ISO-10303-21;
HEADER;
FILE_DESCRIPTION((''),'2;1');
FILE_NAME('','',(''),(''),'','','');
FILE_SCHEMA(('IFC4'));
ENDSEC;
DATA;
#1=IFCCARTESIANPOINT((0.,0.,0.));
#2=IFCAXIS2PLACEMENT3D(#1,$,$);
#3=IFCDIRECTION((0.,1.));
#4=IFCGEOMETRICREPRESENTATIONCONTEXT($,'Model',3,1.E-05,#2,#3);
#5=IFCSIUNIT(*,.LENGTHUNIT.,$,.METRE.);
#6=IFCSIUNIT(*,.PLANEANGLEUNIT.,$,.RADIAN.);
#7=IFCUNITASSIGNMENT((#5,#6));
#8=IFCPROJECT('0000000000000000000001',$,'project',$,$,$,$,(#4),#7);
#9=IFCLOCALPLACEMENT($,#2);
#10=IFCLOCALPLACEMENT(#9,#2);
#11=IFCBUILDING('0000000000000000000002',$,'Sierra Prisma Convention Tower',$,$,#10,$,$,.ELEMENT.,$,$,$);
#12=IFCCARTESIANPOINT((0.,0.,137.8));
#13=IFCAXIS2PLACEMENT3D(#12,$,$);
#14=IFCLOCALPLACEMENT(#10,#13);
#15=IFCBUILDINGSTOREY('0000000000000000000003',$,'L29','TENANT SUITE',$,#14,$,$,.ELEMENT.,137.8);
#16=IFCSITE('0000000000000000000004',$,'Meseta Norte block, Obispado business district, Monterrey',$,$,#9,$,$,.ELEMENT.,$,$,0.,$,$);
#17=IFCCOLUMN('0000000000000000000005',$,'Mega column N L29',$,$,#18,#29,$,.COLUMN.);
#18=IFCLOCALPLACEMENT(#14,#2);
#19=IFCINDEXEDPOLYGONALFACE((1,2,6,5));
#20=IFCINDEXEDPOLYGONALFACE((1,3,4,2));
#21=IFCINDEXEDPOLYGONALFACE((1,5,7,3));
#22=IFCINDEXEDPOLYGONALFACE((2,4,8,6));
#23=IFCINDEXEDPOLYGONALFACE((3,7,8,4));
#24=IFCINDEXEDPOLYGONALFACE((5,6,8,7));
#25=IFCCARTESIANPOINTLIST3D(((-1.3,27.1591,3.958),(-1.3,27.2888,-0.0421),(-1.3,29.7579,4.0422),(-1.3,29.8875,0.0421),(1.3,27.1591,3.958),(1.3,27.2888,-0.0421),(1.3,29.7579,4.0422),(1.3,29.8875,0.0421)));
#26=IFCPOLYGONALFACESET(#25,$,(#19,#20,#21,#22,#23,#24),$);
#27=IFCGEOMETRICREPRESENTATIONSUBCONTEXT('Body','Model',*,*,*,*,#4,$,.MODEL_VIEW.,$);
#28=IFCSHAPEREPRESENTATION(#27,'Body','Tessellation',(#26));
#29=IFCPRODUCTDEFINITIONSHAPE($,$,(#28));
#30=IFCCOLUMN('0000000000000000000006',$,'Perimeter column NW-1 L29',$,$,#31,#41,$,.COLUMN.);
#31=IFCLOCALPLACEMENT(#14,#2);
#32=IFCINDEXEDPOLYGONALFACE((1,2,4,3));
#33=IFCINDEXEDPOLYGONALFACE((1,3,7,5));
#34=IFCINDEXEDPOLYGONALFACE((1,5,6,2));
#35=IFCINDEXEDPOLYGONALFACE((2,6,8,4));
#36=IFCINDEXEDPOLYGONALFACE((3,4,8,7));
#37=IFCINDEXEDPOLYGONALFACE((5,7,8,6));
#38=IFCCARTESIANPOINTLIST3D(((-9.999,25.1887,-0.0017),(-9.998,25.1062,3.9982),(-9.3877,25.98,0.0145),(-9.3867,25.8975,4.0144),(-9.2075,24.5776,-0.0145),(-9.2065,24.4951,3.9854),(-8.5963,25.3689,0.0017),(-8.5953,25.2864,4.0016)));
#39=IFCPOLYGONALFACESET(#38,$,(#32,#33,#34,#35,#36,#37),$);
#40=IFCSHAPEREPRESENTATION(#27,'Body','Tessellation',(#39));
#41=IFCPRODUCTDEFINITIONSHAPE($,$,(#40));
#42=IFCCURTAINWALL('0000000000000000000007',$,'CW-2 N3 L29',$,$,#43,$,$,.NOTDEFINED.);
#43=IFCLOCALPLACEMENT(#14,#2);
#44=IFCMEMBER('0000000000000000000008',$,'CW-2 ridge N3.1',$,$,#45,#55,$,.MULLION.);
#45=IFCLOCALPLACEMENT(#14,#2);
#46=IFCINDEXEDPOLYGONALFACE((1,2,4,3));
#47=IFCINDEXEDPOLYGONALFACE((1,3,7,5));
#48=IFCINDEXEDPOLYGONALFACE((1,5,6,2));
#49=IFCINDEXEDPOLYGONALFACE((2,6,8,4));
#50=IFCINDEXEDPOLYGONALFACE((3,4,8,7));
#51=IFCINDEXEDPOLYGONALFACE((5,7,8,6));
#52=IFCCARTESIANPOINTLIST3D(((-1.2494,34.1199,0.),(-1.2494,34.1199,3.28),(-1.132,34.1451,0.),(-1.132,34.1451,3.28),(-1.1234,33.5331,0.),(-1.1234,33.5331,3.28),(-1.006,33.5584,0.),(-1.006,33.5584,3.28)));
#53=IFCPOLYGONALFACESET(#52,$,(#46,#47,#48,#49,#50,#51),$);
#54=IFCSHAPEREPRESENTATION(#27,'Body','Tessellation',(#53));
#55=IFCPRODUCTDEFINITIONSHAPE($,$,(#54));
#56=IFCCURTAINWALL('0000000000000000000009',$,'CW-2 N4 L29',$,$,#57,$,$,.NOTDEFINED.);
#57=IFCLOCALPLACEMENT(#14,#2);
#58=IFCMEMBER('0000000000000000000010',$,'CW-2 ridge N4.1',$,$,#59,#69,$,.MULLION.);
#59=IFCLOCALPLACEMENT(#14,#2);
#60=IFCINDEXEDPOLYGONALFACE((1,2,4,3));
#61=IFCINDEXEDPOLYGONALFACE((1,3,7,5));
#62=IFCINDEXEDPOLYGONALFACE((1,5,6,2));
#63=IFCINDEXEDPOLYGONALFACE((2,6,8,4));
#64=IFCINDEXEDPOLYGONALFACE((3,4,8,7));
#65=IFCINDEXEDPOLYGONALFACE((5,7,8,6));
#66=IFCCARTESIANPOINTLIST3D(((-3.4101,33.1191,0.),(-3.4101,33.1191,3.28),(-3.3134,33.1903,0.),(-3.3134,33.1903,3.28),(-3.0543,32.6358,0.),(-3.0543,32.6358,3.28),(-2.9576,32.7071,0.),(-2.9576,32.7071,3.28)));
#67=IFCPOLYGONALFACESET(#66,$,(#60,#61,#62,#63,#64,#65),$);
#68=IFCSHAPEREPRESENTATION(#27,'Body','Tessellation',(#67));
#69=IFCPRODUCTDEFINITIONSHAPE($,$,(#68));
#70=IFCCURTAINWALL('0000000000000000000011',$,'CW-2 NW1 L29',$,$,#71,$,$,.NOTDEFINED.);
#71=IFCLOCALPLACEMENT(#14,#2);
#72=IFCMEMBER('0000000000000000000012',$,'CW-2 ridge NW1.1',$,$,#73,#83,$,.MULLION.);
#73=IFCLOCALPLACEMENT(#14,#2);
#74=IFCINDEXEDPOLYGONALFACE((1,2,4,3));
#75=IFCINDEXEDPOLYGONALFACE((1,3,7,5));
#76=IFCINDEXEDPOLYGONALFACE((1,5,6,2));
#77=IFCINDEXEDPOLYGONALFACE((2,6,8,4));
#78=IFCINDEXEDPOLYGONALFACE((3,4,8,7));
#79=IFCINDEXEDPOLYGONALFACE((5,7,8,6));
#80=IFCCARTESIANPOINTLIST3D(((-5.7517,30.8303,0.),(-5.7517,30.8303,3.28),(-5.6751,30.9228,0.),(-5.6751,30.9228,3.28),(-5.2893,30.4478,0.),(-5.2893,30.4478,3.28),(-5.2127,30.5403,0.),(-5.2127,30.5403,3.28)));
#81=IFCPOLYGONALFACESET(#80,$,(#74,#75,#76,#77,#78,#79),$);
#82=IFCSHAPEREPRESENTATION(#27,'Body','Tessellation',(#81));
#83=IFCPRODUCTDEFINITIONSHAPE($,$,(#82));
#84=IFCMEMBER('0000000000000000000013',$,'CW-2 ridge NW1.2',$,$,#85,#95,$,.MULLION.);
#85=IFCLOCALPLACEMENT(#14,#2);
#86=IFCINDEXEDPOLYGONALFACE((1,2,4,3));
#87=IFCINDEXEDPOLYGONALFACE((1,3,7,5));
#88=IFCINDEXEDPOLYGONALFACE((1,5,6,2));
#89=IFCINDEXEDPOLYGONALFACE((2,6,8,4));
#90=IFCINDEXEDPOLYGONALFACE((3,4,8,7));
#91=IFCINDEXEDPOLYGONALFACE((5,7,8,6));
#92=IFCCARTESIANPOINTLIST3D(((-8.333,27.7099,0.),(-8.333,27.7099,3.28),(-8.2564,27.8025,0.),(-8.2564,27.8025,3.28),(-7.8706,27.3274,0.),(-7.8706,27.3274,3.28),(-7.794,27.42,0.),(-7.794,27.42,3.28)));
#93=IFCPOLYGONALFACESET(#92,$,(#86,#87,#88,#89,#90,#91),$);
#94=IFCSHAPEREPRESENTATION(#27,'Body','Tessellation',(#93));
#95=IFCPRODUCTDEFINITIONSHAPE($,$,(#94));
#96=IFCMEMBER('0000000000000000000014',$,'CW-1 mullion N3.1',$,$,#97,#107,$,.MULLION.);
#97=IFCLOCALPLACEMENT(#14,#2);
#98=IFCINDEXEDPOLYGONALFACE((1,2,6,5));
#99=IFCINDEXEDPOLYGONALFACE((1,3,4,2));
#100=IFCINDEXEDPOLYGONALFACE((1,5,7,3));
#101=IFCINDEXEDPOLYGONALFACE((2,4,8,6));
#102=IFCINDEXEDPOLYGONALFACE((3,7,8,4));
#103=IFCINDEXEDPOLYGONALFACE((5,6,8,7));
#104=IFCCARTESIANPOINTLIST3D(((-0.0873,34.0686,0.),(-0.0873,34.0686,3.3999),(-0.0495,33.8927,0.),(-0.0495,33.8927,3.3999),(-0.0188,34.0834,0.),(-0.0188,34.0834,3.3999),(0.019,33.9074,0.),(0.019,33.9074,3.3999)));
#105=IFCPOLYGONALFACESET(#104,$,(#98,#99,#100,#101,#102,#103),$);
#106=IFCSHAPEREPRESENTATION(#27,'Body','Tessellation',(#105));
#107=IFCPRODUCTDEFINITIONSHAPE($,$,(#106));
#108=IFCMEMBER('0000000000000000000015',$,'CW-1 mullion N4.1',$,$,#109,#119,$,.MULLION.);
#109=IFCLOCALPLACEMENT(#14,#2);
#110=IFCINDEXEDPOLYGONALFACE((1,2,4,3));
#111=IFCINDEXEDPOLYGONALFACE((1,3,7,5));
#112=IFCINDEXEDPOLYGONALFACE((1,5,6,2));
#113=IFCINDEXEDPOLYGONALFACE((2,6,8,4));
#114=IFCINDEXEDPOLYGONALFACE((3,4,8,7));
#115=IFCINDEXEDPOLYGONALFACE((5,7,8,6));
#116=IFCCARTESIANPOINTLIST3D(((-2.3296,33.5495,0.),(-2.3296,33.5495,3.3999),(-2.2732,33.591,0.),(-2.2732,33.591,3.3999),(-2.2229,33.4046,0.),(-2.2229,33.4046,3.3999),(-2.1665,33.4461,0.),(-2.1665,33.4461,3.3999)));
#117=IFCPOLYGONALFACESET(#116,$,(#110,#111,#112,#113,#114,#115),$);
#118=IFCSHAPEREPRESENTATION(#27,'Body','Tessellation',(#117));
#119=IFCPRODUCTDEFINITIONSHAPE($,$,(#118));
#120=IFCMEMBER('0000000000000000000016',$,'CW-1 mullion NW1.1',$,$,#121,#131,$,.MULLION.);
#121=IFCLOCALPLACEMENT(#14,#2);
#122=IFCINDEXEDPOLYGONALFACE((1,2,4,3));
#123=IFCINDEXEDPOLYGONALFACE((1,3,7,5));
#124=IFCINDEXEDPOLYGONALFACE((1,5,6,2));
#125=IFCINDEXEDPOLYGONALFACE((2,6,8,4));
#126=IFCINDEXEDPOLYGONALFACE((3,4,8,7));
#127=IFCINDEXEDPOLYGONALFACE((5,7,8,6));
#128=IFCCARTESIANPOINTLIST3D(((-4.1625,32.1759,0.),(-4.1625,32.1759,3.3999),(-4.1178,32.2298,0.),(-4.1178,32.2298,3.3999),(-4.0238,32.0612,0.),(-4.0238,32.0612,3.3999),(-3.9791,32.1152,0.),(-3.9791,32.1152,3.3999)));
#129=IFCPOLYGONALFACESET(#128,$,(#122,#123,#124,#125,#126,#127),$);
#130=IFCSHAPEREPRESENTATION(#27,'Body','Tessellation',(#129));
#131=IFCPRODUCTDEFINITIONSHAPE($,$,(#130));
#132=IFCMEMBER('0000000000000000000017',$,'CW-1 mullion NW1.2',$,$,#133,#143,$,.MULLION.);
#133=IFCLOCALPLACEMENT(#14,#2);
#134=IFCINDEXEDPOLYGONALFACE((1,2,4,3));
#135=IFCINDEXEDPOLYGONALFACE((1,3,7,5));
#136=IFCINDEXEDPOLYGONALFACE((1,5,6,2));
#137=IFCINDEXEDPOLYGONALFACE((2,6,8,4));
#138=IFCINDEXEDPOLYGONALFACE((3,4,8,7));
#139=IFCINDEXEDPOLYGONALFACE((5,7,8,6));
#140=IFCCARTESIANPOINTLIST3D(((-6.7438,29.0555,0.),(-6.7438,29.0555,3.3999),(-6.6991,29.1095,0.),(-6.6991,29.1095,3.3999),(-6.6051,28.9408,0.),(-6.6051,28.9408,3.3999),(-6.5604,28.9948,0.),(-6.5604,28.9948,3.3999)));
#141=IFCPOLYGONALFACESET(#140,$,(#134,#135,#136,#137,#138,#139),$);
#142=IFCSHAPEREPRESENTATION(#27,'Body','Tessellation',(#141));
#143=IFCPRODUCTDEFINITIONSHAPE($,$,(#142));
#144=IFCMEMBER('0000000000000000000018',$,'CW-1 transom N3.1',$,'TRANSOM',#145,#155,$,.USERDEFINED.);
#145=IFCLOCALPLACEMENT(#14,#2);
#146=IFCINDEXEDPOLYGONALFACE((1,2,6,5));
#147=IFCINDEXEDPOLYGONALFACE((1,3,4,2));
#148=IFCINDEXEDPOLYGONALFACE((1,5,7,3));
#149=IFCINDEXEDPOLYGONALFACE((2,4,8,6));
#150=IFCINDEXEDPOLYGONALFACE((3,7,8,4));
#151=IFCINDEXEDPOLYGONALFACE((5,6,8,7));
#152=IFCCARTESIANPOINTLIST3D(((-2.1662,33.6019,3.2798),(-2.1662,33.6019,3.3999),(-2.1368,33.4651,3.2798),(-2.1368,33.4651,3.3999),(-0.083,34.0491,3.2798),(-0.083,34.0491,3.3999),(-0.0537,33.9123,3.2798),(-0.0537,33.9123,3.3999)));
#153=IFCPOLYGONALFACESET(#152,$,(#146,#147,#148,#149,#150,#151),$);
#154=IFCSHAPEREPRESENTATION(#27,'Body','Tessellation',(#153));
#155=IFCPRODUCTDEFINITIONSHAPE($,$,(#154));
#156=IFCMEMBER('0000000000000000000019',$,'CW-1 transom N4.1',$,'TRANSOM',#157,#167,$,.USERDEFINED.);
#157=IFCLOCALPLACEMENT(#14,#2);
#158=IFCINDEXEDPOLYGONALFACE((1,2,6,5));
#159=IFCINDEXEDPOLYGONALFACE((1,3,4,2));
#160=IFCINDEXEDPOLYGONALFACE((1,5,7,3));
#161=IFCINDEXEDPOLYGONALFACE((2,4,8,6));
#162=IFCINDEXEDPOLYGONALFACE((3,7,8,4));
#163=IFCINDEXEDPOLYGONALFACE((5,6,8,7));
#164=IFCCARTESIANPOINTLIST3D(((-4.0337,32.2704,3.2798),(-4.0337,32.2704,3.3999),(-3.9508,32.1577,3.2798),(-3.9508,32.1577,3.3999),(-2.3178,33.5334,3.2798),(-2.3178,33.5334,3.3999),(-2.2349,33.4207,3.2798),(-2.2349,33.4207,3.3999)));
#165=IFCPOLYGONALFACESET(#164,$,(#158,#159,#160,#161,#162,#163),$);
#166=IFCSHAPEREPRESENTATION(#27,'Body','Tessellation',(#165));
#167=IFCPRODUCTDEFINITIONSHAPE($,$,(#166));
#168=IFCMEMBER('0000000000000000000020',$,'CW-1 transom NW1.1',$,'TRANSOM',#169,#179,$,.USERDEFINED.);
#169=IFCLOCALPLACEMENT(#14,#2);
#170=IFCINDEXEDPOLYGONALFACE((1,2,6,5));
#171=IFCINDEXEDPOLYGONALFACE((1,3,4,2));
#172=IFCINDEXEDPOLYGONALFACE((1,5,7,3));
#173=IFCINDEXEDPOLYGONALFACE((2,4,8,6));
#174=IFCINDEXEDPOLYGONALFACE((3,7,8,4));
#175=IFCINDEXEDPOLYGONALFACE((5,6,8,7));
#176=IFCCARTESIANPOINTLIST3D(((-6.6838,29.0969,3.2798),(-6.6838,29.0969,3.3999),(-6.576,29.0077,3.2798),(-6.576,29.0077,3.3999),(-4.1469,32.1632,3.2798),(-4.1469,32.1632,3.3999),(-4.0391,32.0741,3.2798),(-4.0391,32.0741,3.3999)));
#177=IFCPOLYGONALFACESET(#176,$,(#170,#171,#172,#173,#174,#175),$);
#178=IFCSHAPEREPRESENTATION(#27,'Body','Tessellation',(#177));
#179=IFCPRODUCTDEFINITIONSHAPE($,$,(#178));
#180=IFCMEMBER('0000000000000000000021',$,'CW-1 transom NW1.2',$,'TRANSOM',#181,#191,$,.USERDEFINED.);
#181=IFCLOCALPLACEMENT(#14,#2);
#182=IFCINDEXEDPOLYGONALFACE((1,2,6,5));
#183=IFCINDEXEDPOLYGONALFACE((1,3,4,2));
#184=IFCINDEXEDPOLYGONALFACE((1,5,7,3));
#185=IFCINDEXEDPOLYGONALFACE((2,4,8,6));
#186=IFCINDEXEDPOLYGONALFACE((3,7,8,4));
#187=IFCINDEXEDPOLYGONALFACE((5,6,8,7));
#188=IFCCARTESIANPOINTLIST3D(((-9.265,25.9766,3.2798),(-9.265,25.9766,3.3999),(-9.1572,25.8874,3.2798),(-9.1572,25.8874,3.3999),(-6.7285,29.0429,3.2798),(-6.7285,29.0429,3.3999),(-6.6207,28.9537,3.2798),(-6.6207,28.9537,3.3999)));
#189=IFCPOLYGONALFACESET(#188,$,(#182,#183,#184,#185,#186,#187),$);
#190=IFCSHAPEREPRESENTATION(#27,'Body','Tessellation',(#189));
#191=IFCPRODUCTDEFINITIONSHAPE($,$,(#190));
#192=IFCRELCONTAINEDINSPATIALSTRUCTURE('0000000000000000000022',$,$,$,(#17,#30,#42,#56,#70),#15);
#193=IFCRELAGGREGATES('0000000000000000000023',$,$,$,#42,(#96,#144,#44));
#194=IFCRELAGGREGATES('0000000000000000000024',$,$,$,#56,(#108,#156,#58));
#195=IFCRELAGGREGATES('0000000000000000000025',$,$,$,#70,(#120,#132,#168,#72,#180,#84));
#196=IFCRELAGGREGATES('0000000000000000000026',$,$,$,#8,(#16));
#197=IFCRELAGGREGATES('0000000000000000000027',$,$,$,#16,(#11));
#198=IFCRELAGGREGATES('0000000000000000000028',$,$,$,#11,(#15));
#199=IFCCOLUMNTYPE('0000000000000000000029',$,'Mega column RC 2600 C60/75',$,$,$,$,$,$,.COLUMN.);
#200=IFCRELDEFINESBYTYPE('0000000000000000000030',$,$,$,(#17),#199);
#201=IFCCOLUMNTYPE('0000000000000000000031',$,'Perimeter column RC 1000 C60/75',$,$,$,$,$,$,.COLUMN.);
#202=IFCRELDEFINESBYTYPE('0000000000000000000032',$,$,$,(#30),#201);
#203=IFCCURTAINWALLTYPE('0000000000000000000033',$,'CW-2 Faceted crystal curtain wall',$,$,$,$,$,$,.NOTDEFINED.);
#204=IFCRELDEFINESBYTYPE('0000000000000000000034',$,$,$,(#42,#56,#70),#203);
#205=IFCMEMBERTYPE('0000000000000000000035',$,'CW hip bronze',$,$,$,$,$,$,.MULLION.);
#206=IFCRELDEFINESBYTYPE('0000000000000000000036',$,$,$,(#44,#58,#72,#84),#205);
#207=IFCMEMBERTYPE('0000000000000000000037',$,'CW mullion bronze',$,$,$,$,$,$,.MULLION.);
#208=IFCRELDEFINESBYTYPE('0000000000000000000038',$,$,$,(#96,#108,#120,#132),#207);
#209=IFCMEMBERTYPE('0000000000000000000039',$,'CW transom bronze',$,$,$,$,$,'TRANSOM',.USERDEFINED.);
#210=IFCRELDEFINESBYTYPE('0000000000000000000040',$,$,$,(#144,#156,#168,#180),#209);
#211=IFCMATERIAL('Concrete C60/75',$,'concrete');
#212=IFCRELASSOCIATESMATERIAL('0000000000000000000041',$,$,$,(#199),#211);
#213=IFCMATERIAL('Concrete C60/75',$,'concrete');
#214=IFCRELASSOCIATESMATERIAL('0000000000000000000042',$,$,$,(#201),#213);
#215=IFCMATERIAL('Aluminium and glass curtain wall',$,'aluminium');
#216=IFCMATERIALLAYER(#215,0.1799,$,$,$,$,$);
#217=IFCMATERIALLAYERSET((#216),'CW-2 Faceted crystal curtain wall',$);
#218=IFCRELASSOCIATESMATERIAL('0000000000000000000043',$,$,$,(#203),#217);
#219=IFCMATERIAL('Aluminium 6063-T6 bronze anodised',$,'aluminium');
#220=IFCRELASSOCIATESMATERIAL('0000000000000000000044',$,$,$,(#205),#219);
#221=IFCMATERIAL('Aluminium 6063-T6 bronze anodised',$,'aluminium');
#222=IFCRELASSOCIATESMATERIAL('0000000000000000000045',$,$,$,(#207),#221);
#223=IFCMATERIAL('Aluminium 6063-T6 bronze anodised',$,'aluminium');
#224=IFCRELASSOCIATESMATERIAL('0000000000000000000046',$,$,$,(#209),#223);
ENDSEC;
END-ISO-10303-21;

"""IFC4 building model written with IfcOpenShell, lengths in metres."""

from ifc_helpers import new_model, si_unit, direction, frame, origin, origin_2d, place, context, subcontext, project, spatial, rectangle, extrude, material, layer, layer_set, material_profile, profile_set, type_object, element, aggregate, save


model = new_model("IFC4")

# Units and contexts
model_context = context("Model", 3, precision=1e-05, world=origin(), true_north=direction((0.0, 1.0)))
body_context = subcontext(model_context, "Body", "Model", "MODEL_VIEW")
ifc_project = project(units=[si_unit("LENGTHUNIT", "METRE"), si_unit("PLANEANGLEUNIT", "RADIAN")], contexts=[model_context])

# Site, building, storey
site_placement = place(None, origin())
site = spatial("IfcSite", under=ifc_project, at=site_placement, Name="Meseta Norte block, Obispado business district, Monterrey", CompositionType="ELEMENT", RefElevation=0.0)
building_placement = place(site_placement, origin())
building = spatial("IfcBuilding", under=site, at=building_placement, Name="Sierra Prisma Convention Tower", CompositionType="ELEMENT")
storey_placement = place(building_placement, frame((0.0, 0.0, 137.8)))
storey = spatial("IfcBuildingStorey", under=building, at=storey_placement, Name="L29", Description="TENANT SUITE", CompositionType="ELEMENT", Elevation=137.8)

# Columns
ifc_material_1 = material(Name="Concrete C60/75", Category="concrete")
ifc_material_profile_1 = material_profile(ifc_material_1, rectangle(XDim=2.6001, YDim=2.6001, at=origin_2d()), Name="Mega column RC 2600 C60/75")
ifc_profile_set_1 = profile_set([ifc_material_profile_1], Name="Concrete C60/75")
column_type_1 = type_object("IfcColumnType", Name="Mega column RC 2600 C60/75", PredefinedType="COLUMN", material=ifc_profile_set_1)
column_1_placement = place(storey_placement, frame((0.0, 28.5881, 0.0), z_axis=(0.0, -0.032393, 0.999475), x_axis=(1.0, 0.0, 0.0)))
element("IfcColumn", 1, at=column_1_placement, inside=storey, type_object=column_type_1, Name="Mega column N L29", PredefinedType="COLUMN", context=body_context, shape_type="SweptSolid", body=[
    extrude(rectangle(XDim=2.6001, YDim=2.6001, at=origin_2d()), origin(), (0.0, 0.0, 1.0), 4.0022),
])
ifc_material_2 = material(Name="Concrete C60/75", Category="concrete")
ifc_material_profile_2 = material_profile(ifc_material_2, rectangle(XDim=1.0, YDim=1.0, at=origin_2d()), Name="Perimeter column RC 1000 C60/75")
ifc_profile_set_2 = profile_set([ifc_material_profile_2], Name="Concrete C60/75")
column_type_2 = type_object("IfcColumnType", Name="Perimeter column RC 1000 C60/75", PredefinedType="COLUMN", material=ifc_profile_set_2)
column_2_placement = place(storey_placement, frame((-9.2976, 25.2788, 0.0), z_axis=(0.000244, -0.020625, 0.999787), x_axis=(0.611248, 0.791274, 0.016175)))
element("IfcColumn", 2, at=column_2_placement, inside=storey, type_object=column_type_2, Name="Perimeter column NW-1 L29", PredefinedType="COLUMN", context=body_context, shape_type="SweptSolid", body=[
    extrude(rectangle(XDim=1.0, YDim=1.0, at=origin_2d()), origin(), (0.0, 0.0, 1.0), 4.0007),
])

# Curtain walls, members
ifc_material_3 = material(Name="Aluminium and glass curtain wall", Category="aluminium")
ifc_layer_1 = layer(ifc_material_3, 0.1799)
ifc_layer_set_1 = layer_set([ifc_layer_1], Name="CW-2 Faceted crystal curtain wall")
curtain_wall_type = type_object("IfcCurtainWallType", Name="CW-2 Faceted crystal curtain wall", PredefinedType="NOTDEFINED", material=ifc_layer_set_1)
curtain_wall_1_placement = place(storey_placement, origin())
curtain_wall_1 = element("IfcCurtainWall", 3, at=curtain_wall_1_placement, inside=storey, type_object=curtain_wall_type, Name="CW-2 N3 L29", PredefinedType="NOTDEFINED")
ifc_material_4 = material(Name="Aluminium 6063-T6 bronze anodised", Category="aluminium")
ifc_material_profile_3 = material_profile(ifc_material_4, rectangle(XDim=0.1201, YDim=0.6001, at=origin_2d()), Name="ALU RIDGE BLADE 120x600")
ifc_profile_set_3 = profile_set([ifc_material_profile_3], Name="Aluminium 6063-T6 bronze anodised")
member_type_1 = type_object("IfcMemberType", Name="CW hip bronze", PredefinedType="MULLION", material=ifc_profile_set_3)
member_1_placement = place(storey_placement, frame((-1.1277, 33.8391, 0.0), z_axis=(0.0, 0.0, 1.0), x_axis=(-0.97771, -0.209961, 0.0)))
member_1 = element("IfcMember", 4, at=member_1_placement, type_object=member_type_1, Name="CW-2 ridge N3.1", PredefinedType="MULLION", context=body_context, shape_type="SweptSolid", body=[
    extrude(rectangle(XDim=0.1201, YDim=0.6001, at=origin_2d()), origin(), (0.0, 0.0, 1.0), 3.28),
])
curtain_wall_2_placement = place(storey_placement, origin())
curtain_wall_2 = element("IfcCurtainWall", 5, at=curtain_wall_2_placement, inside=storey, type_object=curtain_wall_type, Name="CW-2 N4 L29", PredefinedType="NOTDEFINED")
member_2_placement = place(storey_placement, frame((-3.1838, 32.9131, 0.0), z_axis=(0.0, 0.0, 1.0), x_axis=(-0.805305, -0.59286, 0.0)))
member_2 = element("IfcMember", 6, at=member_2_placement, type_object=member_type_1, Name="CW-2 ridge N4.1", PredefinedType="MULLION", context=body_context, shape_type="SweptSolid", body=[
    extrude(rectangle(XDim=0.1201, YDim=0.6001, at=origin_2d()), origin(), (0.0, 0.0, 1.0), 3.28),
])

# Curtain wall, members
curtain_wall_3_placement = place(storey_placement, origin())
curtain_wall_3 = element("IfcCurtainWall", 7, at=curtain_wall_3_placement, inside=storey, type_object=curtain_wall_type, Name="CW-2 NW1 L29", PredefinedType="NOTDEFINED")
member_3_placement = place(storey_placement, frame((-5.4822, 30.6853, 0.0), z_axis=(0.0, 0.0, 1.0), x_axis=(-0.63742, -0.770516, 0.0)))
member_3 = element("IfcMember", 8, at=member_3_placement, type_object=member_type_1, Name="CW-2 ridge NW1.1", PredefinedType="MULLION", context=body_context, shape_type="SweptSolid", body=[
    extrude(rectangle(XDim=0.1201, YDim=0.6001, at=origin_2d()), origin(), (0.0, 0.0, 1.0), 3.28),
])
member_4_placement = place(storey_placement, frame((-8.0635, 27.5649, 0.0), z_axis=(0.0, 0.0, 1.0), x_axis=(-0.63742, -0.770516, 0.0)))
member_4 = element("IfcMember", 9, at=member_4_placement, type_object=member_type_1, Name="CW-2 ridge NW1.2", PredefinedType="MULLION", context=body_context, shape_type="SweptSolid", body=[
    extrude(rectangle(XDim=0.1201, YDim=0.6001, at=origin_2d()), origin(), (0.0, 0.0, 1.0), 3.28),
])

# Members
ifc_material_5 = material(Name="Aluminium 6063-T6 bronze anodised", Category="aluminium")
ifc_material_profile_4 = material_profile(ifc_material_5, rectangle(XDim=0.1799, YDim=0.0701, at=origin_2d()), Name="ALU MULLION 70x180")
ifc_profile_set_4 = profile_set([ifc_material_profile_4], Name="Aluminium 6063-T6 bronze anodised")
member_type_2 = type_object("IfcMemberType", Name="CW mullion bronze", PredefinedType="MULLION", material=ifc_profile_set_4)
member_5_placement = place(storey_placement, frame((-0.0342, 33.988, 0.0), z_axis=(0.0, 0.0, 1.0), x_axis=(0.209961, -0.97771, 0.0)))
member_5 = element("IfcMember", 10, at=member_5_placement, type_object=member_type_2, Name="CW-1 mullion N3.1", PredefinedType="MULLION", context=body_context, shape_type="SweptSolid", body=[
    extrude(rectangle(XDim=0.1799, YDim=0.0701, at=origin_2d()), origin(), (0.0, 0.0, 1.0), 3.3999),
])
member_6_placement = place(storey_placement, frame((-2.248, 33.4978, 0.0), z_axis=(0.0, 0.0, 1.0), x_axis=(0.59286, -0.805305, 0.0)))
member_6 = element("IfcMember", 11, at=member_6_placement, type_object=member_type_2, Name="CW-1 mullion N4.1", PredefinedType="MULLION", context=body_context, shape_type="SweptSolid", body=[
    extrude(rectangle(XDim=0.1799, YDim=0.0701, at=origin_2d()), origin(), (0.0, 0.0, 1.0), 3.3999),
])
member_7_placement = place(storey_placement, frame((-4.0708, 32.1455, 0.0), z_axis=(0.0, 0.0, 1.0), x_axis=(0.770516, -0.63742, 0.0)))
member_7 = element("IfcMember", 12, at=member_7_placement, type_object=member_type_2, Name="CW-1 mullion NW1.1", PredefinedType="MULLION", context=body_context, shape_type="SweptSolid", body=[
    extrude(rectangle(XDim=0.1799, YDim=0.0701, at=origin_2d()), origin(), (0.0, 0.0, 1.0), 3.3999),
])
member_8_placement = place(storey_placement, frame((-6.6521, 29.0251, 0.0), z_axis=(0.0, 0.0, 1.0), x_axis=(0.770516, -0.63742, 0.0)))
member_8 = element("IfcMember", 13, at=member_8_placement, type_object=member_type_2, Name="CW-1 mullion NW1.2", PredefinedType="MULLION", context=body_context, shape_type="SweptSolid", body=[
    extrude(rectangle(XDim=0.1799, YDim=0.0701, at=origin_2d()), origin(), (0.0, 0.0, 1.0), 3.3999),
])
ifc_material_6 = material(Name="Aluminium 6063-T6 bronze anodised", Category="aluminium")
ifc_material_profile_5 = material_profile(ifc_material_6, rectangle(XDim=0.1399, YDim=0.1201, at=origin_2d()), Name="ALU TRANSOM 120x140")
ifc_profile_set_5 = profile_set([ifc_material_profile_5], Name="Aluminium 6063-T6 bronze anodised")
member_type_3 = type_object("IfcMemberType", Name="CW transom bronze", ElementType="TRANSOM", PredefinedType="USERDEFINED", material=ifc_profile_set_5)
member_9_placement = place(storey_placement, frame((-0.0684, 33.9807, 3.3398), z_axis=(-0.97772, -0.209912, 0.0), x_axis=(0.209912, -0.97772, 0.0)))
member_9 = element("IfcMember", 14, at=member_9_placement, type_object=member_type_3, Name="CW-1 transom N3.1", ObjectType="TRANSOM", PredefinedType="USERDEFINED", context=body_context, shape_type="SweptSolid", body=[
    extrude(rectangle(XDim=0.1399, YDim=0.1201, at=origin_2d()), origin(), (0.0, 0.0, 1.0), 2.1306),
])
member_10_placement = place(storey_placement, frame((-2.2764, 33.4771, 3.3398), z_axis=(-0.805358, -0.592789, 0.0), x_axis=(0.592789, -0.805358, 0.0)))
member_10 = element("IfcMember", 15, at=member_10_placement, type_object=member_type_3, Name="CW-1 transom N4.1", ObjectType="TRANSOM", PredefinedType="USERDEFINED", context=body_context, shape_type="SweptSolid", body=[
    extrude(rectangle(XDim=0.1399, YDim=0.1201, at=origin_2d()), origin(), (0.0, 0.0, 1.0), 2.1306),
])
member_11_placement = place(storey_placement, frame((-4.093, 32.1187, 3.3398), z_axis=(-0.637441, -0.770499, 0.0), x_axis=(0.770499, -0.637441, 0.0)))
member_11 = element("IfcMember", 16, at=member_11_placement, type_object=member_type_3, Name="CW-1 transom NW1.1", ObjectType="TRANSOM", PredefinedType="USERDEFINED", context=body_context, shape_type="SweptSolid", body=[
    extrude(rectangle(XDim=0.1399, YDim=0.1201, at=origin_2d()), origin(), (0.0, 0.0, 1.0), 3.9797),
])
member_12_placement = place(storey_placement, frame((-6.6746, 28.9983, 3.3398), z_axis=(-0.637404, -0.770529, 0.0), x_axis=(0.770529, -0.637404, 0.0)))
member_12 = element("IfcMember", 17, at=member_12_placement, type_object=member_type_3, Name="CW-1 transom NW1.2", ObjectType="TRANSOM", PredefinedType="USERDEFINED", context=body_context, shape_type="SweptSolid", body=[
    extrude(rectangle(XDim=0.1399, YDim=0.1201, at=origin_2d()), origin(), (0.0, 0.0, 1.0), 3.9795),
])

aggregate(curtain_wall_1, [member_5, member_9, member_1])
aggregate(curtain_wall_2, [member_6, member_10, member_2])
aggregate(curtain_wall_3, [member_7, member_8, member_11, member_3, member_12, member_4])

save(model, "model.ifc")
